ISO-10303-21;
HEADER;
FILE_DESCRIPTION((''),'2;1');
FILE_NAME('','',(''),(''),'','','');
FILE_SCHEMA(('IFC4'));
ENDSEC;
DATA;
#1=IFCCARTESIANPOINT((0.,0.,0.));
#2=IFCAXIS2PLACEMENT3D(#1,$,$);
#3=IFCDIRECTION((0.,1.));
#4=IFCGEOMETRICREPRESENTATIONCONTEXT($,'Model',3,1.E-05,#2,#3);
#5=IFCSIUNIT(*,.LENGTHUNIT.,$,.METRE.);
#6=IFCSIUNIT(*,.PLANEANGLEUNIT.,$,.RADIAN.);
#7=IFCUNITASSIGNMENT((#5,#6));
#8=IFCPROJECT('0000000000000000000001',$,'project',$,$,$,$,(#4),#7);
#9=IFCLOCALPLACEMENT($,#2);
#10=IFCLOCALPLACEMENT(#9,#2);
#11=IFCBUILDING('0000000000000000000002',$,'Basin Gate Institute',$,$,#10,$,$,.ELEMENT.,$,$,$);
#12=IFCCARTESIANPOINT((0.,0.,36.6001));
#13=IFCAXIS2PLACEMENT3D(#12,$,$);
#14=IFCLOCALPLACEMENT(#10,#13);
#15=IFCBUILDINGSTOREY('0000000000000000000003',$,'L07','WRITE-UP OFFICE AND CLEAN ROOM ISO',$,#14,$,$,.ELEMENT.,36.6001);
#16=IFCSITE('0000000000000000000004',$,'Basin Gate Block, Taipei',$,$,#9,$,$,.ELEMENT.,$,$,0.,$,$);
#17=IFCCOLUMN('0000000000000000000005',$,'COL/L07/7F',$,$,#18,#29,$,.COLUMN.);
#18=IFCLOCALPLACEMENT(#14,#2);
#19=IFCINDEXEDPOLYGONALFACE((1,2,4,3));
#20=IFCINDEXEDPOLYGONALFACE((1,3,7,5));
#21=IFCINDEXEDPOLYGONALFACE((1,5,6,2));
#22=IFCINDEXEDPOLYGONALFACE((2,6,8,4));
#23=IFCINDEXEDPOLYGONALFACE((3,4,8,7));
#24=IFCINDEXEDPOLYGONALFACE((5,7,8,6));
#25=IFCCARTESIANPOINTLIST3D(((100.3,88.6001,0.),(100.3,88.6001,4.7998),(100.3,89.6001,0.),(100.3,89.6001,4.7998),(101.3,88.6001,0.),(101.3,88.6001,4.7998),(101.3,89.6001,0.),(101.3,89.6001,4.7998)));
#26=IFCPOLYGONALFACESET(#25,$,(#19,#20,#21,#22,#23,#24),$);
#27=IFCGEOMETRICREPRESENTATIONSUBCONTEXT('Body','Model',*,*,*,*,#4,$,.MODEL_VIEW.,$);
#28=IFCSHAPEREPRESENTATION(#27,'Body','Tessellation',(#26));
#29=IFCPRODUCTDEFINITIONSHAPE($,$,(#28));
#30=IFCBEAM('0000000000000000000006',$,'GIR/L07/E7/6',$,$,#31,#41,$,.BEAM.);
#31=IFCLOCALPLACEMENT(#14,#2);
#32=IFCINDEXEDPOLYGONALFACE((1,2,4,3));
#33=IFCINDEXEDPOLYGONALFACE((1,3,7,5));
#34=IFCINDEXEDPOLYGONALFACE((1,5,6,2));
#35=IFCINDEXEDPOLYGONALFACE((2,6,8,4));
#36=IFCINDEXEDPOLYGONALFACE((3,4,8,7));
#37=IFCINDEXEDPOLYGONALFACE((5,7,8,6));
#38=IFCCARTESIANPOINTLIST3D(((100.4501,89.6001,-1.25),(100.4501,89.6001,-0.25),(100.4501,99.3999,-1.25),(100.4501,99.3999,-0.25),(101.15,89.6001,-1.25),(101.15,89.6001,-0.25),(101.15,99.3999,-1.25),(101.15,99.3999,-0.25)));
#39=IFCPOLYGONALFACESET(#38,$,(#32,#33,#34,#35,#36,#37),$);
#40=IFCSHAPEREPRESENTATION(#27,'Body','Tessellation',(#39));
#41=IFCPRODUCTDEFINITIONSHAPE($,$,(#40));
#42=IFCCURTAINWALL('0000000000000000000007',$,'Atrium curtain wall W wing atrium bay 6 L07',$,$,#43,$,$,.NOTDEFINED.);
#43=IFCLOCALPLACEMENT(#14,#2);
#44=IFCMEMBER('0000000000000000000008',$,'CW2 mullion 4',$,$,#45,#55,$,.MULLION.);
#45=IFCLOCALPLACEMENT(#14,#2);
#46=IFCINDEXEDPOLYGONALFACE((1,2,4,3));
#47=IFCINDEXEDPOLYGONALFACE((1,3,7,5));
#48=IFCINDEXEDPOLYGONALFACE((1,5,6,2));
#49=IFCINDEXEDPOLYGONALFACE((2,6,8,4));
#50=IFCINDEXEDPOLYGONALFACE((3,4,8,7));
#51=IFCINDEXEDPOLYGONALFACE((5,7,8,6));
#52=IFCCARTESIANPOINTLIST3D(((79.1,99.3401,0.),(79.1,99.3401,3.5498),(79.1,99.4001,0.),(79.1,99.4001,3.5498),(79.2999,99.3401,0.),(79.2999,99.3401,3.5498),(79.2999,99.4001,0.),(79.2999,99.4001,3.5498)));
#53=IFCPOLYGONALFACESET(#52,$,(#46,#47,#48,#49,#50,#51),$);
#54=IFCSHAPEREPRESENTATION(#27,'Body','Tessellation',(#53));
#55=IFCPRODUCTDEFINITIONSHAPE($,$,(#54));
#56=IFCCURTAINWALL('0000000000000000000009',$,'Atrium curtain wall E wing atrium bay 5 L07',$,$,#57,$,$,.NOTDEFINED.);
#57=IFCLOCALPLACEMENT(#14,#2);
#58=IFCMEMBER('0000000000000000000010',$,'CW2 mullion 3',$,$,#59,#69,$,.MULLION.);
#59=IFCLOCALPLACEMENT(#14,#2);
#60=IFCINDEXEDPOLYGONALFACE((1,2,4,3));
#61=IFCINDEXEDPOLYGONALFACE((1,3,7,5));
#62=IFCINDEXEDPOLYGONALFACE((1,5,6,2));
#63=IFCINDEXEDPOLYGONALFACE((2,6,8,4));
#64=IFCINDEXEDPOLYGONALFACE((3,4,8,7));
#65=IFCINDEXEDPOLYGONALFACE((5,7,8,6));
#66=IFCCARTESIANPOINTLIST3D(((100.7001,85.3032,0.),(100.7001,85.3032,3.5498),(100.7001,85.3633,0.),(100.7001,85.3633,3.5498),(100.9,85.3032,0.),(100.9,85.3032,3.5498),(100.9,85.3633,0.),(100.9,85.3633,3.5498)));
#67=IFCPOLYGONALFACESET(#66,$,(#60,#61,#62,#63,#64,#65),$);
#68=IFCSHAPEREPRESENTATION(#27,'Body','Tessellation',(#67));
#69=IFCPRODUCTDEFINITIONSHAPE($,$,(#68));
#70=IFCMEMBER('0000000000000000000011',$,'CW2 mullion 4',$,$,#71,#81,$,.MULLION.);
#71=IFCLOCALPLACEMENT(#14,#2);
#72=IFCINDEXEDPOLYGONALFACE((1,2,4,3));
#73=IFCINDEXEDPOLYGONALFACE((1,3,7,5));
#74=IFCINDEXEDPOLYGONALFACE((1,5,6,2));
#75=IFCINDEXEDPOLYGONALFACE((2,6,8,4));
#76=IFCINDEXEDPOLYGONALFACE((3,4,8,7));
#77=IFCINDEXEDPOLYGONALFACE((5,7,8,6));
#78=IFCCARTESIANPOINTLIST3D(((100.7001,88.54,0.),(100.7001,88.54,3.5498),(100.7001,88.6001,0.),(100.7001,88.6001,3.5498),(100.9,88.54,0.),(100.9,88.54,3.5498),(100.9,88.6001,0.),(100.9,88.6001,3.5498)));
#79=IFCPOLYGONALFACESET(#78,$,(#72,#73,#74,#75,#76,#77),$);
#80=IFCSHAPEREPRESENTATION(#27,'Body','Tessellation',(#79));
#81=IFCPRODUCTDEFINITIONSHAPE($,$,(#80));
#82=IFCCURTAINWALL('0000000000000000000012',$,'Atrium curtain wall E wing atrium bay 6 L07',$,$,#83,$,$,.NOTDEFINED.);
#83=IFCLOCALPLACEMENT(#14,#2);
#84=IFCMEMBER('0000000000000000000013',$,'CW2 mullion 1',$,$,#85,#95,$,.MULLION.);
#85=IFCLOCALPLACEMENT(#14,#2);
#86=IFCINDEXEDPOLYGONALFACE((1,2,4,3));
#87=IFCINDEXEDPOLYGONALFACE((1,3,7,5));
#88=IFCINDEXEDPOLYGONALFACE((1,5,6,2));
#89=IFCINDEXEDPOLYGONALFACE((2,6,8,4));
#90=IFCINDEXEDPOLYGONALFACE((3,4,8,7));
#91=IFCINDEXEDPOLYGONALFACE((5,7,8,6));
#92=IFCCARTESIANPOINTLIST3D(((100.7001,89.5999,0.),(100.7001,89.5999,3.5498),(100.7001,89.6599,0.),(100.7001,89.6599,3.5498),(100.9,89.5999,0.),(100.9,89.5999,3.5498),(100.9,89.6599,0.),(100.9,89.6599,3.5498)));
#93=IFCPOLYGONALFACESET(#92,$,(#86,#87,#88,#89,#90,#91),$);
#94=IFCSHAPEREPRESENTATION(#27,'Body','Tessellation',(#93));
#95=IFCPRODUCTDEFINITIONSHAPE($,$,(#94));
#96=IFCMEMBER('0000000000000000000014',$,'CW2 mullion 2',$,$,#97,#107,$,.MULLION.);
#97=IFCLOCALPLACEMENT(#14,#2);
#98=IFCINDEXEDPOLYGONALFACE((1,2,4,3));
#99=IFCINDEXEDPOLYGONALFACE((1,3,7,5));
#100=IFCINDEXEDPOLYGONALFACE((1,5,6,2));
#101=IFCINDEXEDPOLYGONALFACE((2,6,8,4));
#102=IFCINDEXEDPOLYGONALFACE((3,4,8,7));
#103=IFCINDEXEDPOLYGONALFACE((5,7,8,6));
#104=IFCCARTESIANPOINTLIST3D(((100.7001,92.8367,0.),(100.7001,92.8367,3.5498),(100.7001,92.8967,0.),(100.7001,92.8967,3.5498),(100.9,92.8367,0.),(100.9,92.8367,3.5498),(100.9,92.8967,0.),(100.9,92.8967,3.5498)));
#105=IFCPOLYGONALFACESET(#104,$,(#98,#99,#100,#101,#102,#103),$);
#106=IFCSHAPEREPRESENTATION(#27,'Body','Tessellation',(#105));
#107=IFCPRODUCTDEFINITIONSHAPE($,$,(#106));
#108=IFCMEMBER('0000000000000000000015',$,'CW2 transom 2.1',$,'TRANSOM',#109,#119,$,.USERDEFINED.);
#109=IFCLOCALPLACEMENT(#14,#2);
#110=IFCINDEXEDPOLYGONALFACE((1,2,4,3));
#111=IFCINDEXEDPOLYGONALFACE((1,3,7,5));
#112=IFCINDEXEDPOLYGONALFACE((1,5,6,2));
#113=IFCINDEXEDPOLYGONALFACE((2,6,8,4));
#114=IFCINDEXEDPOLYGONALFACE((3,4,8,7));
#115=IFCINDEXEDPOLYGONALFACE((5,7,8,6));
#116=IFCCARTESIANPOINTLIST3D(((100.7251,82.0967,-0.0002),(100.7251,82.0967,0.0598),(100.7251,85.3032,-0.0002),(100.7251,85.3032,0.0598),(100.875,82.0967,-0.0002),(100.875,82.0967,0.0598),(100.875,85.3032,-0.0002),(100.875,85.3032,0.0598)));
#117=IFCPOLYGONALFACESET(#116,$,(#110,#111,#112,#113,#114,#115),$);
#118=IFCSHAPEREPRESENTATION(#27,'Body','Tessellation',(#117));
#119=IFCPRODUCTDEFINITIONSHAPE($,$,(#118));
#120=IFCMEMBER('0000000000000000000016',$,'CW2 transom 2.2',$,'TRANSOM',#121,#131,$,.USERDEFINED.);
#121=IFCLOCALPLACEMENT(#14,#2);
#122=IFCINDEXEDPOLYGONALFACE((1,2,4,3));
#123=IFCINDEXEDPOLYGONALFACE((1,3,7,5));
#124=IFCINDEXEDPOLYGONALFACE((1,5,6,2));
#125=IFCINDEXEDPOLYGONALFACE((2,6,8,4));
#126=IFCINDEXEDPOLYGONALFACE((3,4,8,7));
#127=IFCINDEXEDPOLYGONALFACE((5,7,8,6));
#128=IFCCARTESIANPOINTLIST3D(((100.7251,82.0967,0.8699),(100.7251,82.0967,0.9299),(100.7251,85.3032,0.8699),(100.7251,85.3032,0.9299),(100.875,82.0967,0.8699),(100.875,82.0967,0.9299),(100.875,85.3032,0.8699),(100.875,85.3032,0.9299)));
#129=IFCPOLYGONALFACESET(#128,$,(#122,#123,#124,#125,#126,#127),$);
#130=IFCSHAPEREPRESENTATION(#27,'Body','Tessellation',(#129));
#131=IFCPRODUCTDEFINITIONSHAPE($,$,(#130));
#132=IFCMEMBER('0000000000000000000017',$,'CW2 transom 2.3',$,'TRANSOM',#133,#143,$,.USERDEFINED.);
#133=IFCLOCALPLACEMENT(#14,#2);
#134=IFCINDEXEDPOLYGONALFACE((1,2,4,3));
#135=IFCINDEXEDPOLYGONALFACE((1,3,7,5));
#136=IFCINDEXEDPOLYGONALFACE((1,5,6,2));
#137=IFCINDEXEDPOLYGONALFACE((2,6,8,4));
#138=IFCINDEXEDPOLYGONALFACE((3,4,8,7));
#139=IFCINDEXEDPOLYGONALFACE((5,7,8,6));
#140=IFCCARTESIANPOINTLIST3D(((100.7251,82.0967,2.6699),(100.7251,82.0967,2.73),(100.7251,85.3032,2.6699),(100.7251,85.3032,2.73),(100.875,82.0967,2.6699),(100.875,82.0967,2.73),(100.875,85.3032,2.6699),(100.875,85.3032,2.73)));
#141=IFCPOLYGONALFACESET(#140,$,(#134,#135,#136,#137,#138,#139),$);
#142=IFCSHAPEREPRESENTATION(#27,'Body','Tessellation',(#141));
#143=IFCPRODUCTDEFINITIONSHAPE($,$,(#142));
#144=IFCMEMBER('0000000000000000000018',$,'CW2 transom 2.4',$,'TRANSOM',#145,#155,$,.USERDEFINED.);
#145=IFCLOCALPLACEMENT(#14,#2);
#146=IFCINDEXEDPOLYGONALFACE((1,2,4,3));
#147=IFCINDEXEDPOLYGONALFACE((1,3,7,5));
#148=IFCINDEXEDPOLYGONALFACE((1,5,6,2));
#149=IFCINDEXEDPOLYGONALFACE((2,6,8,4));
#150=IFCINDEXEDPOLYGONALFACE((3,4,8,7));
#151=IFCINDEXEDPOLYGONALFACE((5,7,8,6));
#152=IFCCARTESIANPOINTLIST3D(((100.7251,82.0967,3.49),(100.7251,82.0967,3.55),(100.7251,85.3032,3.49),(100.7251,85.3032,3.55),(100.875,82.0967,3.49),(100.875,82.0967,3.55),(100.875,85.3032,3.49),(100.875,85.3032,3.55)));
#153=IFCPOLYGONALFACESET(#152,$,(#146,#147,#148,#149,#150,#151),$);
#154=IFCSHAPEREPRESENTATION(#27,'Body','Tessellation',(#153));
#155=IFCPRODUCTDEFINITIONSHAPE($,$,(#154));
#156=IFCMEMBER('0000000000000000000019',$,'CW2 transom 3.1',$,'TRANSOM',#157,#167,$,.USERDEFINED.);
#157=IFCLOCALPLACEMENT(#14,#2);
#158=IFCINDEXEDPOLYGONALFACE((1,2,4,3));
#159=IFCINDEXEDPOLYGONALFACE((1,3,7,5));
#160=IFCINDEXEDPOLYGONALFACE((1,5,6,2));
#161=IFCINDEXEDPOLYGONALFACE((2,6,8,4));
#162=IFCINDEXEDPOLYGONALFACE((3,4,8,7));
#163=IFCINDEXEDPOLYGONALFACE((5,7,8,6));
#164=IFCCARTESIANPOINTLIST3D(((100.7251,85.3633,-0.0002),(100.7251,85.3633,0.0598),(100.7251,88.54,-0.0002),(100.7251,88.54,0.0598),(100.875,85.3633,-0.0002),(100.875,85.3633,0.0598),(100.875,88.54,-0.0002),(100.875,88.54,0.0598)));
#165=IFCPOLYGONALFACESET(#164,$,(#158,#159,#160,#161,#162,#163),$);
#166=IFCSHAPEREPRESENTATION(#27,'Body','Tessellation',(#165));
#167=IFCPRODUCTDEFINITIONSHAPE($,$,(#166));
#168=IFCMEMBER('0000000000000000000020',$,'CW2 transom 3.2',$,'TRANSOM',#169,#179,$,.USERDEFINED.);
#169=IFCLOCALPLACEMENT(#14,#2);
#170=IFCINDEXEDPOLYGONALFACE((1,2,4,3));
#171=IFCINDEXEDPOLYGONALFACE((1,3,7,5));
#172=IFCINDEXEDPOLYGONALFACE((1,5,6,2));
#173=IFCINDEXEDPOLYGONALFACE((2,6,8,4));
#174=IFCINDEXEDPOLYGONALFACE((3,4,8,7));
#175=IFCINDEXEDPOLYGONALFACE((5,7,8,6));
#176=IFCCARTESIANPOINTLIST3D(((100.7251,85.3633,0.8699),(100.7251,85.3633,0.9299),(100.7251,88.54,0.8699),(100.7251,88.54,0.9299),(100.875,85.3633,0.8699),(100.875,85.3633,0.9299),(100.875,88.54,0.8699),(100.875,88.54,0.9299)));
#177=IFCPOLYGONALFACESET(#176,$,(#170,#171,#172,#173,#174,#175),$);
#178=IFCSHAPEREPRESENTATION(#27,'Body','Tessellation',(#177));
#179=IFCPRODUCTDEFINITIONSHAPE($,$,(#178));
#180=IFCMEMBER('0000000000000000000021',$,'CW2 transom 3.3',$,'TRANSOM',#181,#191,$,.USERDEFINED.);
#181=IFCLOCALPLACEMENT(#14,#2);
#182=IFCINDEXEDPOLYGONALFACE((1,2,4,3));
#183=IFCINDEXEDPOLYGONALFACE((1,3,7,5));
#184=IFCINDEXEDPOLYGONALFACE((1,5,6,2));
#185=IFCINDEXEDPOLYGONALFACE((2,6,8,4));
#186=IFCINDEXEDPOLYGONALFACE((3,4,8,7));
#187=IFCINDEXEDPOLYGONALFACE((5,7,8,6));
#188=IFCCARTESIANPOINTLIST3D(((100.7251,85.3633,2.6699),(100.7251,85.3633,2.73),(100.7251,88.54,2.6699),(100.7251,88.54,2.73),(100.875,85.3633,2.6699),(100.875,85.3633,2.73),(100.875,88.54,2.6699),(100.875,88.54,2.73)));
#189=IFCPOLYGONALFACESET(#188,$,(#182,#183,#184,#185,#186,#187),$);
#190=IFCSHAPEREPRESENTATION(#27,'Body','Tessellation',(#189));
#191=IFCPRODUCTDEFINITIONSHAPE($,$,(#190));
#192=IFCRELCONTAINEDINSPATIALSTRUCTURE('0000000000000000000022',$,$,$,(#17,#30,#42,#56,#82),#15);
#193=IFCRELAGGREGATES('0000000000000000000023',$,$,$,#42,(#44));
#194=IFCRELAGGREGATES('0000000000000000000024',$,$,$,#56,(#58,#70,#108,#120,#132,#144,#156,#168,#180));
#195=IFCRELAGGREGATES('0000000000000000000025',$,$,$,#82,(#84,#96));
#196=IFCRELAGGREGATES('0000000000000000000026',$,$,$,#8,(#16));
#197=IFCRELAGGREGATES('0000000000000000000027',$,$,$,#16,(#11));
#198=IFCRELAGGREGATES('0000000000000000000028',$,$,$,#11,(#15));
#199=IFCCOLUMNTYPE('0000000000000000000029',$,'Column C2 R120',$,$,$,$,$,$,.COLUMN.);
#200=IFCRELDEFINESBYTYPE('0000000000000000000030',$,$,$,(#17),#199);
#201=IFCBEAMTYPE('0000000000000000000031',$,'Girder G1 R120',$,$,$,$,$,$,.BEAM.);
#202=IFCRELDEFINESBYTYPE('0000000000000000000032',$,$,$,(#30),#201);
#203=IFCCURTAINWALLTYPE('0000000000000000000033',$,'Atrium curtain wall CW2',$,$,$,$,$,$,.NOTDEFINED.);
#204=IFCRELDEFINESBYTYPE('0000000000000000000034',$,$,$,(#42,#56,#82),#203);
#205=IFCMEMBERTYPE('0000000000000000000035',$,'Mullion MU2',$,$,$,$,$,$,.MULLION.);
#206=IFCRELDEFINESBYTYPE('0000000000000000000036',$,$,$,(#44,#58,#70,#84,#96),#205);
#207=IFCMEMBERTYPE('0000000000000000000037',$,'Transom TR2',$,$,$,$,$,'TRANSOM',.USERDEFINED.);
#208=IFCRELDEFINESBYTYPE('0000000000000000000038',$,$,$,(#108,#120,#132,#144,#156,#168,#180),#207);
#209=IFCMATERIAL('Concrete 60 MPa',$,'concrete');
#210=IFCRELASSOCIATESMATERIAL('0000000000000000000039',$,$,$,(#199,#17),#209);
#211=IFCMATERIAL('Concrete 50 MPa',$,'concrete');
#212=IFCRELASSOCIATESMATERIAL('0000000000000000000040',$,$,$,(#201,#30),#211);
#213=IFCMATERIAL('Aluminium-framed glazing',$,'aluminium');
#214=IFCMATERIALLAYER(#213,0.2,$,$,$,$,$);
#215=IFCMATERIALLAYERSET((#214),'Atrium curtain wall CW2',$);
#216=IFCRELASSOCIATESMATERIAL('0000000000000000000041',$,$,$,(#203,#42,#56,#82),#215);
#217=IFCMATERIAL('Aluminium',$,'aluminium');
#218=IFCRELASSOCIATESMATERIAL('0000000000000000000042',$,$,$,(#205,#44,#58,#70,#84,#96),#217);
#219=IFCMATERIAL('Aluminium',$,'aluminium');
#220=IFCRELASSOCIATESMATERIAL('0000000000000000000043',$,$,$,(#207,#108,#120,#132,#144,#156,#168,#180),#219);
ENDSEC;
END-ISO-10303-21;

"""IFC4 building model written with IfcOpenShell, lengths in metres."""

from ifc_helpers import new_model, si_unit, direction, frame, origin, origin_2d, place, context, subcontext, project, spatial, rectangle, extrude, material, layer, layer_set, material_profile, profile_set, type_object, element, aggregate, save


model = new_model("IFC4")

# Units and contexts
model_context = context("Model", 3, precision=1e-05, world=origin(), true_north=direction((0.0, 1.0)))
body_context = subcontext(model_context, "Body", "Model", "MODEL_VIEW")
ifc_project = project(units=[si_unit("LENGTHUNIT", "METRE"), si_unit("PLANEANGLEUNIT", "RADIAN")], contexts=[model_context])

# Site, building, storey
site_placement = place(None, origin())
site = spatial("IfcSite", under=ifc_project, at=site_placement, Name="Basin Gate Block, Taipei", CompositionType="ELEMENT", RefElevation=0.0)
building_placement = place(site_placement, origin())
building = spatial("IfcBuilding", under=site, at=building_placement, Name="Basin Gate Institute", CompositionType="ELEMENT")
storey_placement = place(building_placement, frame((0.0, 0.0, 36.6001)))
storey = spatial("IfcBuildingStorey", under=building, at=storey_placement, Name="L07", Description="WRITE-UP OFFICE AND CLEAN ROOM ISO", CompositionType="ELEMENT", Elevation=36.6001)

# Column
ifc_material_1 = material(Name="Concrete 60 MPa", Category="concrete")
ifc_material_profile_1 = material_profile(ifc_material_1, rectangle(XDim=1.0, YDim=1.0, at=origin_2d()), Name="Column C2 1000 x 1000")
ifc_profile_set_1 = profile_set([ifc_material_profile_1], Name="Concrete 60 MPa")
column_type = type_object("IfcColumnType", Name="Column C2 R120", PredefinedType="COLUMN", material=ifc_profile_set_1)
column_placement = place(storey_placement, frame((100.8, 89.1001, 0.0), z_axis=(0.0, 0.0, 1.0), x_axis=(1.0, 0.0, 0.0)))
element("IfcColumn", 1, at=column_placement, inside=storey, type_object=column_type, material=ifc_profile_set_1, Name="COL/L07/7F", PredefinedType="COLUMN", context=body_context, shape_type="SweptSolid", body=[
    extrude(rectangle(XDim=1.0, YDim=1.0, at=origin_2d()), origin(), (0.0, 0.0, 1.0), 4.7998),
])

# Beam
ifc_material_2 = material(Name="Concrete 50 MPa", Category="concrete")
ifc_material_profile_2 = material_profile(ifc_material_2, rectangle(XDim=0.7, YDim=1.0, at=origin_2d()), Name="Girder G1 700 x 1000")
ifc_profile_set_2 = profile_set([ifc_material_profile_2], Name="Concrete 50 MPa")
beam_type = type_object("IfcBeamType", Name="Girder G1 R120", PredefinedType="BEAM", material=ifc_profile_set_2)
beam_placement = place(storey_placement, frame((100.8, 89.6001, -0.75), z_axis=(0.0, 1.0, 0.0), x_axis=(-1.0, 0.0, 0.0)))
element("IfcBeam", 2, at=beam_placement, inside=storey, type_object=beam_type, material=ifc_profile_set_2, Name="GIR/L07/E7/6", PredefinedType="BEAM", context=body_context, shape_type="SweptSolid", body=[
    extrude(rectangle(XDim=0.7, YDim=1.0, at=origin_2d()), origin(), (0.0, 0.0, 1.0), 9.7998),
])

# Curtain wall, member
ifc_material_3 = material(Name="Aluminium-framed glazing", Category="aluminium")
ifc_layer_1 = layer(ifc_material_3, 0.2)
ifc_layer_set_1 = layer_set([ifc_layer_1], Name="Atrium curtain wall CW2")
curtain_wall_type = type_object("IfcCurtainWallType", Name="Atrium curtain wall CW2", PredefinedType="NOTDEFINED", material=ifc_layer_set_1)
curtain_wall_1_placement = place(storey_placement, origin())
curtain_wall_1 = element("IfcCurtainWall", 3, at=curtain_wall_1_placement, inside=storey, type_object=curtain_wall_type, material=ifc_layer_set_1, Name="Atrium curtain wall W wing atrium bay 6 L07", PredefinedType="NOTDEFINED")
ifc_material_4 = material(Name="Aluminium", Category="aluminium")
ifc_material_profile_3 = material_profile(ifc_material_4, rectangle(XDim=0.2, YDim=0.0601, at=origin_2d()), Name="Mullion MU2 200 x 60")
ifc_profile_set_3 = profile_set([ifc_material_profile_3], Name="Aluminium")
member_type_1 = type_object("IfcMemberType", Name="Mullion MU2", PredefinedType="MULLION", material=ifc_profile_set_3)
member_1_placement = place(storey_placement, frame((79.2, 99.3701, 0.0), z_axis=(0.0, 0.0, 1.0), x_axis=(-1.0, 0.0, 0.0)))
member_1 = element("IfcMember", 4, at=member_1_placement, type_object=member_type_1, material=ifc_profile_set_3, Name="CW2 mullion 4", PredefinedType="MULLION", context=body_context, shape_type="SweptSolid", body=[
    extrude(rectangle(XDim=0.2, YDim=0.0601, at=origin_2d()), origin(), (0.0, 0.0, 1.0), 3.5498),
])

# Curtain walls, members
curtain_wall_2_placement = place(storey_placement, origin())
curtain_wall_2 = element("IfcCurtainWall", 5, at=curtain_wall_2_placement, inside=storey, type_object=curtain_wall_type, material=ifc_layer_set_1, Name="Atrium curtain wall E wing atrium bay 5 L07", PredefinedType="NOTDEFINED")
member_2_placement = place(storey_placement, frame((100.8, 85.3333, 0.0), z_axis=(0.0, 0.0, 1.0), x_axis=(-1.0, 0.0, 0.0)))
member_2 = element("IfcMember", 6, at=member_2_placement, type_object=member_type_1, material=ifc_profile_set_3, Name="CW2 mullion 3", PredefinedType="MULLION", context=body_context, shape_type="SweptSolid", body=[
    extrude(rectangle(XDim=0.2, YDim=0.0601, at=origin_2d()), origin(), (0.0, 0.0, 1.0), 3.5498),
])
member_3_placement = place(storey_placement, frame((100.8, 88.5701, 0.0), z_axis=(0.0, 0.0, 1.0), x_axis=(-1.0, 0.0, 0.0)))
member_3 = element("IfcMember", 7, at=member_3_placement, type_object=member_type_1, material=ifc_profile_set_3, Name="CW2 mullion 4", PredefinedType="MULLION", context=body_context, shape_type="SweptSolid", body=[
    extrude(rectangle(XDim=0.2, YDim=0.0601, at=origin_2d()), origin(), (0.0, 0.0, 1.0), 3.5498),
])
curtain_wall_3_placement = place(storey_placement, origin())
curtain_wall_3 = element("IfcCurtainWall", 8, at=curtain_wall_3_placement, inside=storey, type_object=curtain_wall_type, material=ifc_layer_set_1, Name="Atrium curtain wall E wing atrium bay 6 L07", PredefinedType="NOTDEFINED")
member_4_placement = place(storey_placement, frame((100.8, 89.6299, 0.0), z_axis=(0.0, 0.0, 1.0), x_axis=(-1.0, 0.0, 0.0)))
member_4 = element("IfcMember", 9, at=member_4_placement, type_object=member_type_1, material=ifc_profile_set_3, Name="CW2 mullion 1", PredefinedType="MULLION", context=body_context, shape_type="SweptSolid", body=[
    extrude(rectangle(XDim=0.2, YDim=0.0601, at=origin_2d()), origin(), (0.0, 0.0, 1.0), 3.5498),
])
member_5_placement = place(storey_placement, frame((100.8, 92.8667, 0.0), z_axis=(0.0, 0.0, 1.0), x_axis=(-1.0, 0.0, 0.0)))
member_5 = element("IfcMember", 10, at=member_5_placement, type_object=member_type_1, material=ifc_profile_set_3, Name="CW2 mullion 2", PredefinedType="MULLION", context=body_context, shape_type="SweptSolid", body=[
    extrude(rectangle(XDim=0.2, YDim=0.0601, at=origin_2d()), origin(), (0.0, 0.0, 1.0), 3.5498),
])

# Members
ifc_material_5 = material(Name="Aluminium", Category="aluminium")
ifc_material_profile_4 = material_profile(ifc_material_5, rectangle(XDim=0.1499, YDim=0.0601, at=origin_2d()), Name="Transom TR2 150 x 60")
ifc_profile_set_4 = profile_set([ifc_material_profile_4], Name="Aluminium")
member_type_2 = type_object("IfcMemberType", Name="Transom TR2", ElementType="TRANSOM", PredefinedType="USERDEFINED", material=ifc_profile_set_4)
member_6_placement = place(storey_placement, frame((100.8, 82.0967, 0.0298), z_axis=(0.0, 1.0, 0.0), x_axis=(-1.0, 0.0, 0.0)))
member_6 = element("IfcMember", 11, at=member_6_placement, type_object=member_type_2, material=ifc_profile_set_4, Name="CW2 transom 2.1", ObjectType="TRANSOM", PredefinedType="USERDEFINED", context=body_context, shape_type="SweptSolid", body=[
    extrude(rectangle(XDim=0.1499, YDim=0.0601, at=origin_2d()), origin(), (0.0, 0.0, 1.0), 3.2065),
])
member_7_placement = place(storey_placement, frame((100.8, 82.0967, 0.8999), z_axis=(0.0, 1.0, 0.0), x_axis=(-1.0, 0.0, 0.0)))
member_7 = element("IfcMember", 12, at=member_7_placement, type_object=member_type_2, material=ifc_profile_set_4, Name="CW2 transom 2.2", ObjectType="TRANSOM", PredefinedType="USERDEFINED", context=body_context, shape_type="SweptSolid", body=[
    extrude(rectangle(XDim=0.1499, YDim=0.0601, at=origin_2d()), origin(), (0.0, 0.0, 1.0), 3.2065),
])
member_8_placement = place(storey_placement, frame((100.8, 82.0967, 2.7), z_axis=(0.0, 1.0, 0.0), x_axis=(-1.0, 0.0, 0.0)))
member_8 = element("IfcMember", 13, at=member_8_placement, type_object=member_type_2, material=ifc_profile_set_4, Name="CW2 transom 2.3", ObjectType="TRANSOM", PredefinedType="USERDEFINED", context=body_context, shape_type="SweptSolid", body=[
    extrude(rectangle(XDim=0.1499, YDim=0.0601, at=origin_2d()), origin(), (0.0, 0.0, 1.0), 3.2065),
])
member_9_placement = place(storey_placement, frame((100.8, 82.0967, 3.52), z_axis=(0.0, 1.0, 0.0), x_axis=(-1.0, 0.0, 0.0)))
member_9 = element("IfcMember", 14, at=member_9_placement, type_object=member_type_2, material=ifc_profile_set_4, Name="CW2 transom 2.4", ObjectType="TRANSOM", PredefinedType="USERDEFINED", context=body_context, shape_type="SweptSolid", body=[
    extrude(rectangle(XDim=0.1499, YDim=0.0601, at=origin_2d()), origin(), (0.0, 0.0, 1.0), 3.2065),
])
member_10_placement = place(storey_placement, frame((100.8, 85.3633, 0.0298), z_axis=(0.0, 1.0, 0.0), x_axis=(-1.0, 0.0, 0.0)))
member_10 = element("IfcMember", 15, at=member_10_placement, type_object=member_type_2, material=ifc_profile_set_4, Name="CW2 transom 3.1", ObjectType="TRANSOM", PredefinedType="USERDEFINED", context=body_context, shape_type="SweptSolid", body=[
    extrude(rectangle(XDim=0.1499, YDim=0.0601, at=origin_2d()), origin(), (0.0, 0.0, 1.0), 3.1768),
])
member_11_placement = place(storey_placement, frame((100.8, 85.3633, 0.8999), z_axis=(0.0, 1.0, 0.0), x_axis=(-1.0, 0.0, 0.0)))
member_11 = element("IfcMember", 16, at=member_11_placement, type_object=member_type_2, material=ifc_profile_set_4, Name="CW2 transom 3.2", ObjectType="TRANSOM", PredefinedType="USERDEFINED", context=body_context, shape_type="SweptSolid", body=[
    extrude(rectangle(XDim=0.1499, YDim=0.0601, at=origin_2d()), origin(), (0.0, 0.0, 1.0), 3.1768),
])
member_12_placement = place(storey_placement, frame((100.8, 85.3633, 2.7), z_axis=(0.0, 1.0, 0.0), x_axis=(-1.0, 0.0, 0.0)))
member_12 = element("IfcMember", 17, at=member_12_placement, type_object=member_type_2, material=ifc_profile_set_4, Name="CW2 transom 3.3", ObjectType="TRANSOM", PredefinedType="USERDEFINED", context=body_context, shape_type="SweptSolid", body=[
    extrude(rectangle(XDim=0.1499, YDim=0.0601, at=origin_2d()), origin(), (0.0, 0.0, 1.0), 3.1768),
])

aggregate(curtain_wall_1, [member_1])
aggregate(curtain_wall_2, [member_2, member_3, member_6, member_7, member_8, member_9, member_10, member_11, member_12])
aggregate(curtain_wall_3, [member_4, member_5])

save(model, "model.ifc")
